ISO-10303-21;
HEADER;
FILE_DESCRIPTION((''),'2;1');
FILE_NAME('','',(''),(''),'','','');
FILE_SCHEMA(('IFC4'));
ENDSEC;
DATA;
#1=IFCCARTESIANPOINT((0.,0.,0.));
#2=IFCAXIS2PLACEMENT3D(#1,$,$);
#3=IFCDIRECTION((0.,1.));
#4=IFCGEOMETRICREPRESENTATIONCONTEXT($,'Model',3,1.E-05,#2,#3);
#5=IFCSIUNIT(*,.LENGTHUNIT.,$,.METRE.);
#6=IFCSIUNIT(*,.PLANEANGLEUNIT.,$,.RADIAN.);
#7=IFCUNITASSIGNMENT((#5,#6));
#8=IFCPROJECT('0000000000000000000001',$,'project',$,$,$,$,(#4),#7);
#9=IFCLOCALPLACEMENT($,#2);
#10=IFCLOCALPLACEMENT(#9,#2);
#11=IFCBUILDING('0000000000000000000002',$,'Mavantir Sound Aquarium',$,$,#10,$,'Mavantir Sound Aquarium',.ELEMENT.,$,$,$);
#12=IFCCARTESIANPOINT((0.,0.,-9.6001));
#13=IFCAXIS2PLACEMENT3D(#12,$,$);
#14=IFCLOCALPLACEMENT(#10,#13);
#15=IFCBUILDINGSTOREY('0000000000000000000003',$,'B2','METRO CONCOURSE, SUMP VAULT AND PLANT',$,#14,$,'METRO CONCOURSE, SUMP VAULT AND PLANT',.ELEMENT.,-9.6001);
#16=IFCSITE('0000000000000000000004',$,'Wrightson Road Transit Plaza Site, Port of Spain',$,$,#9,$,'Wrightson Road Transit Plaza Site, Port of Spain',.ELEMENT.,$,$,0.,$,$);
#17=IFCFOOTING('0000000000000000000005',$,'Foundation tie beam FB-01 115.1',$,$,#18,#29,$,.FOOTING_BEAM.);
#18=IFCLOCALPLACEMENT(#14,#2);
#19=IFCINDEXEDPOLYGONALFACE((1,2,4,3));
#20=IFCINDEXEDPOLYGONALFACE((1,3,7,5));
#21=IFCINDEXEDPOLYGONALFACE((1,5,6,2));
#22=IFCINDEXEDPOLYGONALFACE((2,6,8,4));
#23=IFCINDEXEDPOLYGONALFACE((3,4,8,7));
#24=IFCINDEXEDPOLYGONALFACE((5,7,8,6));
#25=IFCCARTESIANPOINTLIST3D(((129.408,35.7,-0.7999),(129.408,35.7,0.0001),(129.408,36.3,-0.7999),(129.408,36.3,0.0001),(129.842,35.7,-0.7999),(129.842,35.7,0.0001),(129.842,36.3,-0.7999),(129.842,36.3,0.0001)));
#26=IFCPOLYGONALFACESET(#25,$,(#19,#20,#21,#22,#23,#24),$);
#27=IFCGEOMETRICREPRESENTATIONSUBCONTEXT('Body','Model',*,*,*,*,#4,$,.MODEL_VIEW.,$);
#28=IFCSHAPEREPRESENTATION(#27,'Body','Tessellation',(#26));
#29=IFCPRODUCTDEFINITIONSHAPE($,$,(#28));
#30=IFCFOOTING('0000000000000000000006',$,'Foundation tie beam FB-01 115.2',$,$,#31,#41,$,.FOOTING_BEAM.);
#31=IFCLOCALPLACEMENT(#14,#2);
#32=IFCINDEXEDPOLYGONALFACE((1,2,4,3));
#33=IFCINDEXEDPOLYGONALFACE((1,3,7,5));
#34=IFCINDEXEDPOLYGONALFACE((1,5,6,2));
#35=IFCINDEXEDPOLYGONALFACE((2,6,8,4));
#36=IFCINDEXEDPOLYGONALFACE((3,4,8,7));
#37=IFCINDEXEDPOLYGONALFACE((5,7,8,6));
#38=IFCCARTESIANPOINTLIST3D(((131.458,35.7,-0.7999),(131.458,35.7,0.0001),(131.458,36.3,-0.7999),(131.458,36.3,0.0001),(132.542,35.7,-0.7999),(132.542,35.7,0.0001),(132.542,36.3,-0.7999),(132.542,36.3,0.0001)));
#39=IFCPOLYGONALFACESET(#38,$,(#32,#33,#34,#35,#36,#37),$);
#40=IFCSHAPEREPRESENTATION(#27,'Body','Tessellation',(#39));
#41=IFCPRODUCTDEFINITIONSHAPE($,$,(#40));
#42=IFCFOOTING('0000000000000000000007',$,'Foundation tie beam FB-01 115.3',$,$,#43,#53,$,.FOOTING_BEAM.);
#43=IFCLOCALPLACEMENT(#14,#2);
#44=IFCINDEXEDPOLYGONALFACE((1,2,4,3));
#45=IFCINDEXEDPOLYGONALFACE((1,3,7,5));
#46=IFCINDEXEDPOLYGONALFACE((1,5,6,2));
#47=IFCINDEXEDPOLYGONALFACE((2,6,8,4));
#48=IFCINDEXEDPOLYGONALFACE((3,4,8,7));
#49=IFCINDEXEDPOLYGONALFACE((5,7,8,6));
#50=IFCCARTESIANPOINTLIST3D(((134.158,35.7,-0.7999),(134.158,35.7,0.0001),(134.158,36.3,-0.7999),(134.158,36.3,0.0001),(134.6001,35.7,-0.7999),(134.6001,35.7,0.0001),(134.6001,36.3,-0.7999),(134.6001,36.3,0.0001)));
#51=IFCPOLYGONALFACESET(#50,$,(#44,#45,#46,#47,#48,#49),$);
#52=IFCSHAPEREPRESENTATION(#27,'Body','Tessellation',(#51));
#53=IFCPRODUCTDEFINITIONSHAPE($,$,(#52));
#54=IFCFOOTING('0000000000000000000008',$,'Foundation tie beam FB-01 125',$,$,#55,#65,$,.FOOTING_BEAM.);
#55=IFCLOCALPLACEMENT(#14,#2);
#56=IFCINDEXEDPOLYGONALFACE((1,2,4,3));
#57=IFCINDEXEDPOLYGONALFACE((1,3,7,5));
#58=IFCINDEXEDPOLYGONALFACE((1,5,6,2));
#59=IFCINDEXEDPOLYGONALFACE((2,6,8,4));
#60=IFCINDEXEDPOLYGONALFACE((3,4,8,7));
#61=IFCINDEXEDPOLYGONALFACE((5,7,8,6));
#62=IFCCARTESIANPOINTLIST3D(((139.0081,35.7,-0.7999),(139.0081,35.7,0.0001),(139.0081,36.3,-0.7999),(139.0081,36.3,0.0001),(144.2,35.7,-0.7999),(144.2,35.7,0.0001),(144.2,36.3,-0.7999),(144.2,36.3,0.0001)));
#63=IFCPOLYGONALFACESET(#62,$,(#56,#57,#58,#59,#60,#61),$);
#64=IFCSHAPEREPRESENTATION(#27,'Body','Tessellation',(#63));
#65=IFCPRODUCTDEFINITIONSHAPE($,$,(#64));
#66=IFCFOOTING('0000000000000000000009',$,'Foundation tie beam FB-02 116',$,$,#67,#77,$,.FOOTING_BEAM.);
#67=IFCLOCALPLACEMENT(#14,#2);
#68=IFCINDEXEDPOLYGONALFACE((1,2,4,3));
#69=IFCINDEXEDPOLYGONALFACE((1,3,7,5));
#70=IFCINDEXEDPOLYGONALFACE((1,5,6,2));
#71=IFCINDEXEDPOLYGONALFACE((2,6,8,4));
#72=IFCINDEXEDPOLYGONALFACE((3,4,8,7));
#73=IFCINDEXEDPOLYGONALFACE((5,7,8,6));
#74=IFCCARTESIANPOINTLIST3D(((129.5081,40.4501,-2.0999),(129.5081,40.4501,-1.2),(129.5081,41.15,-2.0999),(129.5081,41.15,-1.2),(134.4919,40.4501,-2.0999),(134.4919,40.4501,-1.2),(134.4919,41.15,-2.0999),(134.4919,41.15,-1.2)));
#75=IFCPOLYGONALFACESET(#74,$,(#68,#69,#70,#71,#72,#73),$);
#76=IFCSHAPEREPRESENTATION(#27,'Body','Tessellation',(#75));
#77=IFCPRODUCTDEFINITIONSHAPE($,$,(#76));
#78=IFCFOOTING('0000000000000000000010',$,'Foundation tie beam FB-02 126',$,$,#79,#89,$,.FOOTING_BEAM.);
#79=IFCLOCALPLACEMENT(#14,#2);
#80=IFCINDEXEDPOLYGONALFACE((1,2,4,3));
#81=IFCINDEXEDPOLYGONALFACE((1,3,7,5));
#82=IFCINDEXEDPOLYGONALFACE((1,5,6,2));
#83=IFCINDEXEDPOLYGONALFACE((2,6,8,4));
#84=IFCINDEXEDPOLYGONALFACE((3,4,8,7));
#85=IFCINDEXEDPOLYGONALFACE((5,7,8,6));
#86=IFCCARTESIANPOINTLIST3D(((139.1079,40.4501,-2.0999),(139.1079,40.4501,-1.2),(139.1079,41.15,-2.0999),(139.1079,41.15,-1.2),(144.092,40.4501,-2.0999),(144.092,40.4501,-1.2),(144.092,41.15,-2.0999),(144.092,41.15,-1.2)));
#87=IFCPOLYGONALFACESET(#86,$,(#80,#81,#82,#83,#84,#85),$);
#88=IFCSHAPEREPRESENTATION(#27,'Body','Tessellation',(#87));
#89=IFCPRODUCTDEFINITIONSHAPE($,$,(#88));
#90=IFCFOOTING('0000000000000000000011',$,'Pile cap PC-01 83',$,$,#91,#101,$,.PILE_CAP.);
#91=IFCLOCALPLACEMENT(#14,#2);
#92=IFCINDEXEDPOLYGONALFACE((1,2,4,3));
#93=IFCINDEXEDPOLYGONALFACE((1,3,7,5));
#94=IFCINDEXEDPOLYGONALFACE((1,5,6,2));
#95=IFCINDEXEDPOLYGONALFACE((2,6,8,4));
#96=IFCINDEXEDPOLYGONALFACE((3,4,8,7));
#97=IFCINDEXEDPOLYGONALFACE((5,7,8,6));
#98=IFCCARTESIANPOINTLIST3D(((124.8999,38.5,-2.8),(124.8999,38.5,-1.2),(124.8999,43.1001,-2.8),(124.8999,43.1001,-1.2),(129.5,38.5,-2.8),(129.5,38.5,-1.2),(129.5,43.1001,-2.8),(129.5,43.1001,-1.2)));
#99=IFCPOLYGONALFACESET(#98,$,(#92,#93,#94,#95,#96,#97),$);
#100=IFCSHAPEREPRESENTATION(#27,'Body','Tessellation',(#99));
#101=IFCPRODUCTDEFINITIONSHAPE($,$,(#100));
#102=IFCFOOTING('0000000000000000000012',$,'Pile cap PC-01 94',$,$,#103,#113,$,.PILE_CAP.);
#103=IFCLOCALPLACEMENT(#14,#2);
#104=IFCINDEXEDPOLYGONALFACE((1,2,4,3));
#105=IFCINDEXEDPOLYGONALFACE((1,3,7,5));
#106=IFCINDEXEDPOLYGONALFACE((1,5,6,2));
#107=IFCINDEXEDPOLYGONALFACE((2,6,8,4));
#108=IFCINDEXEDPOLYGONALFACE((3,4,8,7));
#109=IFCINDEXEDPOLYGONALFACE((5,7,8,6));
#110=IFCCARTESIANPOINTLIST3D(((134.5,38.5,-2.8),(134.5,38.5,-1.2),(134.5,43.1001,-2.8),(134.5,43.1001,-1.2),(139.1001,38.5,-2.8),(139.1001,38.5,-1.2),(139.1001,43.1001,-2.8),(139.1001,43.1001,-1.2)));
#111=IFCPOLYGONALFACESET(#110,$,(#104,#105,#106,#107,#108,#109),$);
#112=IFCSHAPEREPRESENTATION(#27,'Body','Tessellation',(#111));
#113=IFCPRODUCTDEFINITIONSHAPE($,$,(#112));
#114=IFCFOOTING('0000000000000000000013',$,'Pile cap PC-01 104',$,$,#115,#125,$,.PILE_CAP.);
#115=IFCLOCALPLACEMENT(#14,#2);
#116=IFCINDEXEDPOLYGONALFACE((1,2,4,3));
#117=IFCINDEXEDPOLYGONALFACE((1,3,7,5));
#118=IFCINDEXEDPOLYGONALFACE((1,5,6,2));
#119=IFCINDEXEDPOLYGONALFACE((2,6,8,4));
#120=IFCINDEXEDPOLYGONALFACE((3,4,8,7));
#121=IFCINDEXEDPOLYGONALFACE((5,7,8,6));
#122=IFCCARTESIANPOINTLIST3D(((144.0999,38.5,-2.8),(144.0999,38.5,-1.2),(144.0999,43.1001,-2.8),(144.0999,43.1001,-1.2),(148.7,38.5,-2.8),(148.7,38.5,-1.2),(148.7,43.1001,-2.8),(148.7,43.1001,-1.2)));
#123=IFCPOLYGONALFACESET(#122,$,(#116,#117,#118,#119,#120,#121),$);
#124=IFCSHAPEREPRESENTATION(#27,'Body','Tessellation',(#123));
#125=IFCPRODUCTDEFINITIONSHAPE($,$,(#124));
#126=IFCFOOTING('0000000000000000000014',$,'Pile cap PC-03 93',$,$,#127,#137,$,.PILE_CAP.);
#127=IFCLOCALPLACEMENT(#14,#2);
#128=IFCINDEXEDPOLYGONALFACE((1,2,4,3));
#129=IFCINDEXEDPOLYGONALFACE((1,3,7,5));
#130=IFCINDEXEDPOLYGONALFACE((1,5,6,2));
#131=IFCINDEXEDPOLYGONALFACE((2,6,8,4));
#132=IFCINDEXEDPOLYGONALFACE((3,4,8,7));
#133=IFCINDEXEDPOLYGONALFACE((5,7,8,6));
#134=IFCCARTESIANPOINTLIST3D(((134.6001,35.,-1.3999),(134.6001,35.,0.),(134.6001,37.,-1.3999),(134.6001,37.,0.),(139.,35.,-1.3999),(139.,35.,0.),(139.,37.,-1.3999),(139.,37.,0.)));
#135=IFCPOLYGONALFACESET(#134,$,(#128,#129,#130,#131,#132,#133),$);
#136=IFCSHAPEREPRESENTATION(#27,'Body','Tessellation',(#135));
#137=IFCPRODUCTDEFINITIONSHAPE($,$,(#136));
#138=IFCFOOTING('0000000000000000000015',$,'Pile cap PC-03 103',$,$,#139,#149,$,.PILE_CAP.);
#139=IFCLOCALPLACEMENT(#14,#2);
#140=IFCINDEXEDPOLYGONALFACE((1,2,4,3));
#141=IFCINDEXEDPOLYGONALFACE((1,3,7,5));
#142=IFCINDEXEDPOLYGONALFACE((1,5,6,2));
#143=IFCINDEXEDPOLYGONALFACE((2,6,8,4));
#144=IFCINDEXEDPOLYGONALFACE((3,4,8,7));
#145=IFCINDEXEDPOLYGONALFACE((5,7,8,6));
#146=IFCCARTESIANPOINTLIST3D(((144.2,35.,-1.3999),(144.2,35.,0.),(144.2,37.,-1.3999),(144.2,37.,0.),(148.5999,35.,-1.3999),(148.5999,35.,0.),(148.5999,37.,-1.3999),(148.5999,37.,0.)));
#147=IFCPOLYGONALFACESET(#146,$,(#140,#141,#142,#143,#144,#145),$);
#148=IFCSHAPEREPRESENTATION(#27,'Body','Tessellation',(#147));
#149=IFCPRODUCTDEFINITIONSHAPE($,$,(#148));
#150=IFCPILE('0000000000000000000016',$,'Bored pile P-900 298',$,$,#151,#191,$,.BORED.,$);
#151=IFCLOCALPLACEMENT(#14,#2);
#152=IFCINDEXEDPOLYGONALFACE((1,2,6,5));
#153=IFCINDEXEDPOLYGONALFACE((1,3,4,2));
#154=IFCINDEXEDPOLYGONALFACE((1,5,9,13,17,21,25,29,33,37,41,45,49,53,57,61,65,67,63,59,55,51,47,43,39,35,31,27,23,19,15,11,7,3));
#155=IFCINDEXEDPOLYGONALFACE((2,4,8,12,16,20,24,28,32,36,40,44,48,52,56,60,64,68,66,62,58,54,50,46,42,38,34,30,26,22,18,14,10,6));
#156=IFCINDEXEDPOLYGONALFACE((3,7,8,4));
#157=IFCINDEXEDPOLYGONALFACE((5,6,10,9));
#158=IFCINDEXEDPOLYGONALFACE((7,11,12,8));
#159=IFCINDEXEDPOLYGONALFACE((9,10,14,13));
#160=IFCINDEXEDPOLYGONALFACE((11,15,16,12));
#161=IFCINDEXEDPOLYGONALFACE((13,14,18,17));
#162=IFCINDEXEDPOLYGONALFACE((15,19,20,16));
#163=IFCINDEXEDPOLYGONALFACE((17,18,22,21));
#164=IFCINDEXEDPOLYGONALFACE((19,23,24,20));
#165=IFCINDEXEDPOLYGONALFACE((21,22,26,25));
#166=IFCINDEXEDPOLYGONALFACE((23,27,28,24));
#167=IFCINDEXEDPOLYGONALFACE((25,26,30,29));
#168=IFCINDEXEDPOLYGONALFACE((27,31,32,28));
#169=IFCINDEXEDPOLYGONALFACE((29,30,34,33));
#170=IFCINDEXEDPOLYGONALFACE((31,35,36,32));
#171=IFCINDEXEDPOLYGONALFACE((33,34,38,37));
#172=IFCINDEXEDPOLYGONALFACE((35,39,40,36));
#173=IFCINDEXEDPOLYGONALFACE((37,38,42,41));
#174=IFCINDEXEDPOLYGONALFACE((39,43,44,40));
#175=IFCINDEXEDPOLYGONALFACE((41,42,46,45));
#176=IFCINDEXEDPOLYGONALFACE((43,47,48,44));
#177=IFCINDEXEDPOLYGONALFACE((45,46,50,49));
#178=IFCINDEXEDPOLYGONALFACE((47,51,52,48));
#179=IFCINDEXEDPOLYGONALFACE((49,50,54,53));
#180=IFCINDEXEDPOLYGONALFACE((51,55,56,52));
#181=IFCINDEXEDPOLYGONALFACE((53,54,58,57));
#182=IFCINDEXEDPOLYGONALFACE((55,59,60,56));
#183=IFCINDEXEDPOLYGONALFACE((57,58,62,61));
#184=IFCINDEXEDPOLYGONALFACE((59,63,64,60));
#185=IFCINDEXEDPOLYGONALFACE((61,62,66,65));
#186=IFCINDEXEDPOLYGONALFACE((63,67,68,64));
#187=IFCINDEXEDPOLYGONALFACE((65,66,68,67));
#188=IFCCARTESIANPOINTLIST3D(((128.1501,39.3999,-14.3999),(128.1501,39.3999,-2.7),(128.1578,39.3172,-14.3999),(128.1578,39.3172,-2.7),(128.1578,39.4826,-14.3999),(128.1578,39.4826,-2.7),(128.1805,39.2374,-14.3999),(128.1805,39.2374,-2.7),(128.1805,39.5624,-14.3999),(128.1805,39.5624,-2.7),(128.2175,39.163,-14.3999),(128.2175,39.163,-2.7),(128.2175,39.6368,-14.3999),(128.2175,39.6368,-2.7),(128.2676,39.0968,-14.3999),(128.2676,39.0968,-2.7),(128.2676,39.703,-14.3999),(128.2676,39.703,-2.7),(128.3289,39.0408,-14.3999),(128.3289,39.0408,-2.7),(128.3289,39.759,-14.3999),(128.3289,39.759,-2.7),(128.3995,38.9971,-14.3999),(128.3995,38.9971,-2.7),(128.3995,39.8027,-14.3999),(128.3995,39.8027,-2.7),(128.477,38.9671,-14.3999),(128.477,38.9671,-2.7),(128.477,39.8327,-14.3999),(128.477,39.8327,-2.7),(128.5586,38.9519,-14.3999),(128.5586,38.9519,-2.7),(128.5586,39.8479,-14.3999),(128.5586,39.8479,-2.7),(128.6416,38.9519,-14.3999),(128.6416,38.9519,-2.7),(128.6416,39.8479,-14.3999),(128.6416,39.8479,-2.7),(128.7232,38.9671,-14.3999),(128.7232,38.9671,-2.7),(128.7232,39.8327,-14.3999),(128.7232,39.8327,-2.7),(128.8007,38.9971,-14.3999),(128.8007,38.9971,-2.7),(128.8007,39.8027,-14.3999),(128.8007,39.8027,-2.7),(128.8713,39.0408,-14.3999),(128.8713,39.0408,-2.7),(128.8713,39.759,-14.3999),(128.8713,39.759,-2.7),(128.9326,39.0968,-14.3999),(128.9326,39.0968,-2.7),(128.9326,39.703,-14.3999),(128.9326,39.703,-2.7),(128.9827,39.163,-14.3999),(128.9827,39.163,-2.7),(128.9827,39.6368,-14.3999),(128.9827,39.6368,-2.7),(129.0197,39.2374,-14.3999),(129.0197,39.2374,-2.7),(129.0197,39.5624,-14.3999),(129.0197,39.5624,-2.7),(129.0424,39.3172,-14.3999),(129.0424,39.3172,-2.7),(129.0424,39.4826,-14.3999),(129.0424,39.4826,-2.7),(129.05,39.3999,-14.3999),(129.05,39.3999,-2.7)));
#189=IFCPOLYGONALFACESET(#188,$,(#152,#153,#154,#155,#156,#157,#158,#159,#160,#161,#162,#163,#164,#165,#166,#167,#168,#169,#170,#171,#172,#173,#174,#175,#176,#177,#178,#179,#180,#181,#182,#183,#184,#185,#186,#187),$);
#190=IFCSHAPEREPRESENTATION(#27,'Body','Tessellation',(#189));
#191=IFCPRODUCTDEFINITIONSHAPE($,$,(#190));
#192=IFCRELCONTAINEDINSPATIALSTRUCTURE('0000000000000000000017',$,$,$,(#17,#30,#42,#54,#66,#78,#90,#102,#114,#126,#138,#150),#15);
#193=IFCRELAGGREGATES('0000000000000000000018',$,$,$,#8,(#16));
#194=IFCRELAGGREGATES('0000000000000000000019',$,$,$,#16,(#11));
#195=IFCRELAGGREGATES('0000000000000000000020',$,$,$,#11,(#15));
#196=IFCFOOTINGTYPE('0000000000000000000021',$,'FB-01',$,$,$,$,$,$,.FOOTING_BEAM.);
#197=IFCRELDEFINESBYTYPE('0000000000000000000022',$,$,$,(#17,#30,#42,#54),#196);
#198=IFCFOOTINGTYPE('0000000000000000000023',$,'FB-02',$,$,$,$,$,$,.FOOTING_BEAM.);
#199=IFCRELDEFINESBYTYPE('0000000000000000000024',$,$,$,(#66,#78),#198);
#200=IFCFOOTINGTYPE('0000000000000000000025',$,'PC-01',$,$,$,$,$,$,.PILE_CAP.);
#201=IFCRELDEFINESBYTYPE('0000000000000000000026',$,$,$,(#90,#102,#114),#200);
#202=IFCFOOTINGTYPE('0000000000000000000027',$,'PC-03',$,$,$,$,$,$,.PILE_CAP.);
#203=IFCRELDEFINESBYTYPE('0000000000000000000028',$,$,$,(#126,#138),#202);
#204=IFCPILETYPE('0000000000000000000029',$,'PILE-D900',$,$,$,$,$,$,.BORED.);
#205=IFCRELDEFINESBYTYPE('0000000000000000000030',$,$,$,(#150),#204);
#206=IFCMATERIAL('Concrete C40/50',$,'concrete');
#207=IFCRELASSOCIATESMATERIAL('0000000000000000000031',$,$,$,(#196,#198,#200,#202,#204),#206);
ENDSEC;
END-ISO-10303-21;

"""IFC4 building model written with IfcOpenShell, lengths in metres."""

from ifc_helpers import new_model, si_unit, direction, frame, origin, origin_2d, place, context, subcontext, project, spatial, rectangle, circle, extrude, material, material_profile, profile_set, type_object, element, save


model = new_model("IFC4")

# Units and contexts
model_context = context("Model", 3, precision=1e-05, world=origin(), true_north=direction((0.0, 1.0)))
body_context = subcontext(model_context, "Body", "Model", "MODEL_VIEW")
ifc_project = project(units=[si_unit("LENGTHUNIT", "METRE"), si_unit("PLANEANGLEUNIT", "RADIAN")], contexts=[model_context])

# Site, building, storey
site_placement = place(None, origin())
site = spatial("IfcSite", under=ifc_project, at=site_placement, Name="Wrightson Road Transit Plaza Site, Port of Spain", LongName="Wrightson Road Transit Plaza Site, Port of Spain", CompositionType="ELEMENT", RefElevation=0.0)
building_placement = place(site_placement, origin())
building = spatial("IfcBuilding", under=site, at=building_placement, Name="Mavantir Sound Aquarium", LongName="Mavantir Sound Aquarium", CompositionType="ELEMENT")
storey_placement = place(building_placement, frame((0.0, 0.0, -9.6001)))
storey = spatial("IfcBuildingStorey", under=building, at=storey_placement, Name="B2", Description="METRO CONCOURSE, SUMP VAULT AND PLANT", LongName="METRO CONCOURSE, SUMP VAULT AND PLANT", CompositionType="ELEMENT", Elevation=-9.6001)

# Footings
ifc_material_1 = material(Name="Concrete C40/50", Category="concrete")
ifc_material_profile_1 = material_profile(ifc_material_1, rectangle(XDim=0.6001, YDim=0.8, at=origin_2d()), Name="RC 600X800")
ifc_profile_set_1 = profile_set([ifc_material_profile_1], Name="Concrete C40/50")
footing_type_1 = type_object("IfcFootingType", Name="FB-01", PredefinedType="FOOTING_BEAM", material=ifc_profile_set_1)
footing_1_placement = place(storey_placement, frame((129.408, 36.0, -0.3999), z_axis=(1.0, 0.0, 0.0), x_axis=(0.0, 1.0, 0.0)))
element("IfcFooting", 1, at=footing_1_placement, inside=storey, type_object=footing_type_1, Name="Foundation tie beam FB-01 115.1", PredefinedType="FOOTING_BEAM", context=body_context, shape_type="SweptSolid", body=[
    extrude(rectangle(XDim=0.6001, YDim=0.8, at=origin_2d()), origin(), (0.0, 0.0, 1.0), 0.4341),
])
footing_2_placement = place(storey_placement, frame((131.458, 36.0, -0.3999), z_axis=(1.0, 0.0, 0.0), x_axis=(0.0, 1.0, 0.0)))
element("IfcFooting", 2, at=footing_2_placement, inside=storey, type_object=footing_type_1, Name="Foundation tie beam FB-01 115.2", PredefinedType="FOOTING_BEAM", context=body_context, shape_type="SweptSolid", body=[
    extrude(rectangle(XDim=0.6001, YDim=0.8, at=origin_2d()), origin(), (0.0, 0.0, 1.0), 1.084),
])
footing_3_placement = place(storey_placement, frame((134.158, 36.0, -0.3999), z_axis=(1.0, 0.0, 0.0), x_axis=(0.0, 1.0, 0.0)))
element("IfcFooting", 3, at=footing_3_placement, inside=storey, type_object=footing_type_1, Name="Foundation tie beam FB-01 115.3", PredefinedType="FOOTING_BEAM", context=body_context, shape_type="SweptSolid", body=[
    extrude(rectangle(XDim=0.6001, YDim=0.8, at=origin_2d()), origin(), (0.0, 0.0, 1.0), 0.4421),
])
footing_4_placement = place(storey_placement, frame((139.0081, 36.0, -0.3999), z_axis=(1.0, 0.0, 0.0), x_axis=(0.0, 1.0, 0.0)))
element("IfcFooting", 4, at=footing_4_placement, inside=storey, type_object=footing_type_1, Name="Foundation tie beam FB-01 125", PredefinedType="FOOTING_BEAM", context=body_context, shape_type="SweptSolid", body=[
    extrude(rectangle(XDim=0.6001, YDim=0.8, at=origin_2d()), origin(), (0.0, 0.0, 1.0), 5.1919),
])
ifc_material_profile_2 = material_profile(ifc_material_1, rectangle(XDim=0.7, YDim=0.8999, at=origin_2d()), Name="RC 700X900")
ifc_profile_set_2 = profile_set([ifc_material_profile_2], Name="Concrete C40/50")
footing_type_2 = type_object("IfcFootingType", Name="FB-02", PredefinedType="FOOTING_BEAM", material=ifc_profile_set_2)
footing_5_placement = place(storey_placement, frame((129.5081, 40.8, -1.6499), z_axis=(1.0, 0.0, 0.0), x_axis=(0.0, 1.0, 0.0)))
element("IfcFooting", 5, at=footing_5_placement, inside=storey, type_object=footing_type_2, Name="Foundation tie beam FB-02 116", PredefinedType="FOOTING_BEAM", context=body_context, shape_type="SweptSolid", body=[
    extrude(rectangle(XDim=0.7, YDim=0.8999, at=origin_2d()), origin(), (0.0, 0.0, 1.0), 4.9839),
])
footing_6_placement = place(storey_placement, frame((139.1079, 40.8, -1.6499), z_axis=(1.0, 0.0, 0.0), x_axis=(0.0, 1.0, 0.0)))
element("IfcFooting", 6, at=footing_6_placement, inside=storey, type_object=footing_type_2, Name="Foundation tie beam FB-02 126", PredefinedType="FOOTING_BEAM", context=body_context, shape_type="SweptSolid", body=[
    extrude(rectangle(XDim=0.7, YDim=0.8999, at=origin_2d()), origin(), (0.0, 0.0, 1.0), 4.9841),
])
footing_type_3 = type_object("IfcFootingType", Name="PC-01", PredefinedType="PILE_CAP", material=ifc_material_1)
for number, where, z_axis, x_axis, name in (
    (7, (127.2, 40.8, -2.8), (0.0, 0.0, 1.0), (1.0, 0.0, 0.0), "Pile cap PC-01 83"),
    (8, (136.8, 40.8, -2.8), (0.0, 0.0, 1.0), (1.0, 0.0, 0.0), "Pile cap PC-01 94"),
    (9, (146.3999, 40.8, -2.8), (0.0, 0.0, 1.0), (1.0, 0.0, 0.0), "Pile cap PC-01 104"),
):
    element("IfcFooting", number, at=place(storey_placement, frame(where, z_axis=z_axis, x_axis=x_axis)), inside=storey, type_object=footing_type_3, Name=name, PredefinedType="PILE_CAP", context=body_context, shape_type="SweptSolid", body=[
        extrude(rectangle(XDim=4.6001, YDim=4.6001, at=origin_2d()), origin(), (0.0, 0.0, 1.0), 1.6001),
    ])
footing_type_4 = type_object("IfcFootingType", Name="PC-03", PredefinedType="PILE_CAP", material=ifc_material_1)
for number, where, z_axis, x_axis, name in (
    (10, (136.8, 36.0, -1.3999), (0.0, 0.0, 1.0), (1.0, 0.0, 0.0), "Pile cap PC-03 93"),
    (11, (146.3999, 36.0, -1.3999), (0.0, 0.0, 1.0), (1.0, 0.0, 0.0), "Pile cap PC-03 103"),
):
    element("IfcFooting", number, at=place(storey_placement, frame(where, z_axis=z_axis, x_axis=x_axis)), inside=storey, type_object=footing_type_4, Name=name, PredefinedType="PILE_CAP", context=body_context, shape_type="SweptSolid", body=[
        extrude(rectangle(XDim=4.3999, YDim=2.0, at=origin_2d()), origin(), (0.0, 0.0, 1.0), 1.3999),
    ])

# Pile
ifc_material_profile_3 = material_profile(ifc_material_1, circle(Radius=0.45, at=origin_2d()), Name="PILE D900")
ifc_profile_set_3 = profile_set([ifc_material_profile_3], Name="Concrete C40/50")
pile_type = type_object("IfcPileType", Name="PILE-D900", PredefinedType="BORED", material=ifc_profile_set_3)
for number, where, z_axis, x_axis, name in (
    (12, (128.6001, 39.3999, -2.7), (0.0, 0.0, -1.0), (1.0, 0.0, 0.0), "Bored pile P-900 298"),
):
    element("IfcPile", number, at=place(storey_placement, frame(where, z_axis=z_axis, x_axis=x_axis)), inside=storey, type_object=pile_type, Name=name, PredefinedType="BORED", context=body_context, shape_type="SweptSolid", body=[
        extrude(circle(Radius=0.45, at=origin_2d()), origin(), (0.0, 0.0, 1.0), 11.7),
    ])

save(model, "model.ifc")
